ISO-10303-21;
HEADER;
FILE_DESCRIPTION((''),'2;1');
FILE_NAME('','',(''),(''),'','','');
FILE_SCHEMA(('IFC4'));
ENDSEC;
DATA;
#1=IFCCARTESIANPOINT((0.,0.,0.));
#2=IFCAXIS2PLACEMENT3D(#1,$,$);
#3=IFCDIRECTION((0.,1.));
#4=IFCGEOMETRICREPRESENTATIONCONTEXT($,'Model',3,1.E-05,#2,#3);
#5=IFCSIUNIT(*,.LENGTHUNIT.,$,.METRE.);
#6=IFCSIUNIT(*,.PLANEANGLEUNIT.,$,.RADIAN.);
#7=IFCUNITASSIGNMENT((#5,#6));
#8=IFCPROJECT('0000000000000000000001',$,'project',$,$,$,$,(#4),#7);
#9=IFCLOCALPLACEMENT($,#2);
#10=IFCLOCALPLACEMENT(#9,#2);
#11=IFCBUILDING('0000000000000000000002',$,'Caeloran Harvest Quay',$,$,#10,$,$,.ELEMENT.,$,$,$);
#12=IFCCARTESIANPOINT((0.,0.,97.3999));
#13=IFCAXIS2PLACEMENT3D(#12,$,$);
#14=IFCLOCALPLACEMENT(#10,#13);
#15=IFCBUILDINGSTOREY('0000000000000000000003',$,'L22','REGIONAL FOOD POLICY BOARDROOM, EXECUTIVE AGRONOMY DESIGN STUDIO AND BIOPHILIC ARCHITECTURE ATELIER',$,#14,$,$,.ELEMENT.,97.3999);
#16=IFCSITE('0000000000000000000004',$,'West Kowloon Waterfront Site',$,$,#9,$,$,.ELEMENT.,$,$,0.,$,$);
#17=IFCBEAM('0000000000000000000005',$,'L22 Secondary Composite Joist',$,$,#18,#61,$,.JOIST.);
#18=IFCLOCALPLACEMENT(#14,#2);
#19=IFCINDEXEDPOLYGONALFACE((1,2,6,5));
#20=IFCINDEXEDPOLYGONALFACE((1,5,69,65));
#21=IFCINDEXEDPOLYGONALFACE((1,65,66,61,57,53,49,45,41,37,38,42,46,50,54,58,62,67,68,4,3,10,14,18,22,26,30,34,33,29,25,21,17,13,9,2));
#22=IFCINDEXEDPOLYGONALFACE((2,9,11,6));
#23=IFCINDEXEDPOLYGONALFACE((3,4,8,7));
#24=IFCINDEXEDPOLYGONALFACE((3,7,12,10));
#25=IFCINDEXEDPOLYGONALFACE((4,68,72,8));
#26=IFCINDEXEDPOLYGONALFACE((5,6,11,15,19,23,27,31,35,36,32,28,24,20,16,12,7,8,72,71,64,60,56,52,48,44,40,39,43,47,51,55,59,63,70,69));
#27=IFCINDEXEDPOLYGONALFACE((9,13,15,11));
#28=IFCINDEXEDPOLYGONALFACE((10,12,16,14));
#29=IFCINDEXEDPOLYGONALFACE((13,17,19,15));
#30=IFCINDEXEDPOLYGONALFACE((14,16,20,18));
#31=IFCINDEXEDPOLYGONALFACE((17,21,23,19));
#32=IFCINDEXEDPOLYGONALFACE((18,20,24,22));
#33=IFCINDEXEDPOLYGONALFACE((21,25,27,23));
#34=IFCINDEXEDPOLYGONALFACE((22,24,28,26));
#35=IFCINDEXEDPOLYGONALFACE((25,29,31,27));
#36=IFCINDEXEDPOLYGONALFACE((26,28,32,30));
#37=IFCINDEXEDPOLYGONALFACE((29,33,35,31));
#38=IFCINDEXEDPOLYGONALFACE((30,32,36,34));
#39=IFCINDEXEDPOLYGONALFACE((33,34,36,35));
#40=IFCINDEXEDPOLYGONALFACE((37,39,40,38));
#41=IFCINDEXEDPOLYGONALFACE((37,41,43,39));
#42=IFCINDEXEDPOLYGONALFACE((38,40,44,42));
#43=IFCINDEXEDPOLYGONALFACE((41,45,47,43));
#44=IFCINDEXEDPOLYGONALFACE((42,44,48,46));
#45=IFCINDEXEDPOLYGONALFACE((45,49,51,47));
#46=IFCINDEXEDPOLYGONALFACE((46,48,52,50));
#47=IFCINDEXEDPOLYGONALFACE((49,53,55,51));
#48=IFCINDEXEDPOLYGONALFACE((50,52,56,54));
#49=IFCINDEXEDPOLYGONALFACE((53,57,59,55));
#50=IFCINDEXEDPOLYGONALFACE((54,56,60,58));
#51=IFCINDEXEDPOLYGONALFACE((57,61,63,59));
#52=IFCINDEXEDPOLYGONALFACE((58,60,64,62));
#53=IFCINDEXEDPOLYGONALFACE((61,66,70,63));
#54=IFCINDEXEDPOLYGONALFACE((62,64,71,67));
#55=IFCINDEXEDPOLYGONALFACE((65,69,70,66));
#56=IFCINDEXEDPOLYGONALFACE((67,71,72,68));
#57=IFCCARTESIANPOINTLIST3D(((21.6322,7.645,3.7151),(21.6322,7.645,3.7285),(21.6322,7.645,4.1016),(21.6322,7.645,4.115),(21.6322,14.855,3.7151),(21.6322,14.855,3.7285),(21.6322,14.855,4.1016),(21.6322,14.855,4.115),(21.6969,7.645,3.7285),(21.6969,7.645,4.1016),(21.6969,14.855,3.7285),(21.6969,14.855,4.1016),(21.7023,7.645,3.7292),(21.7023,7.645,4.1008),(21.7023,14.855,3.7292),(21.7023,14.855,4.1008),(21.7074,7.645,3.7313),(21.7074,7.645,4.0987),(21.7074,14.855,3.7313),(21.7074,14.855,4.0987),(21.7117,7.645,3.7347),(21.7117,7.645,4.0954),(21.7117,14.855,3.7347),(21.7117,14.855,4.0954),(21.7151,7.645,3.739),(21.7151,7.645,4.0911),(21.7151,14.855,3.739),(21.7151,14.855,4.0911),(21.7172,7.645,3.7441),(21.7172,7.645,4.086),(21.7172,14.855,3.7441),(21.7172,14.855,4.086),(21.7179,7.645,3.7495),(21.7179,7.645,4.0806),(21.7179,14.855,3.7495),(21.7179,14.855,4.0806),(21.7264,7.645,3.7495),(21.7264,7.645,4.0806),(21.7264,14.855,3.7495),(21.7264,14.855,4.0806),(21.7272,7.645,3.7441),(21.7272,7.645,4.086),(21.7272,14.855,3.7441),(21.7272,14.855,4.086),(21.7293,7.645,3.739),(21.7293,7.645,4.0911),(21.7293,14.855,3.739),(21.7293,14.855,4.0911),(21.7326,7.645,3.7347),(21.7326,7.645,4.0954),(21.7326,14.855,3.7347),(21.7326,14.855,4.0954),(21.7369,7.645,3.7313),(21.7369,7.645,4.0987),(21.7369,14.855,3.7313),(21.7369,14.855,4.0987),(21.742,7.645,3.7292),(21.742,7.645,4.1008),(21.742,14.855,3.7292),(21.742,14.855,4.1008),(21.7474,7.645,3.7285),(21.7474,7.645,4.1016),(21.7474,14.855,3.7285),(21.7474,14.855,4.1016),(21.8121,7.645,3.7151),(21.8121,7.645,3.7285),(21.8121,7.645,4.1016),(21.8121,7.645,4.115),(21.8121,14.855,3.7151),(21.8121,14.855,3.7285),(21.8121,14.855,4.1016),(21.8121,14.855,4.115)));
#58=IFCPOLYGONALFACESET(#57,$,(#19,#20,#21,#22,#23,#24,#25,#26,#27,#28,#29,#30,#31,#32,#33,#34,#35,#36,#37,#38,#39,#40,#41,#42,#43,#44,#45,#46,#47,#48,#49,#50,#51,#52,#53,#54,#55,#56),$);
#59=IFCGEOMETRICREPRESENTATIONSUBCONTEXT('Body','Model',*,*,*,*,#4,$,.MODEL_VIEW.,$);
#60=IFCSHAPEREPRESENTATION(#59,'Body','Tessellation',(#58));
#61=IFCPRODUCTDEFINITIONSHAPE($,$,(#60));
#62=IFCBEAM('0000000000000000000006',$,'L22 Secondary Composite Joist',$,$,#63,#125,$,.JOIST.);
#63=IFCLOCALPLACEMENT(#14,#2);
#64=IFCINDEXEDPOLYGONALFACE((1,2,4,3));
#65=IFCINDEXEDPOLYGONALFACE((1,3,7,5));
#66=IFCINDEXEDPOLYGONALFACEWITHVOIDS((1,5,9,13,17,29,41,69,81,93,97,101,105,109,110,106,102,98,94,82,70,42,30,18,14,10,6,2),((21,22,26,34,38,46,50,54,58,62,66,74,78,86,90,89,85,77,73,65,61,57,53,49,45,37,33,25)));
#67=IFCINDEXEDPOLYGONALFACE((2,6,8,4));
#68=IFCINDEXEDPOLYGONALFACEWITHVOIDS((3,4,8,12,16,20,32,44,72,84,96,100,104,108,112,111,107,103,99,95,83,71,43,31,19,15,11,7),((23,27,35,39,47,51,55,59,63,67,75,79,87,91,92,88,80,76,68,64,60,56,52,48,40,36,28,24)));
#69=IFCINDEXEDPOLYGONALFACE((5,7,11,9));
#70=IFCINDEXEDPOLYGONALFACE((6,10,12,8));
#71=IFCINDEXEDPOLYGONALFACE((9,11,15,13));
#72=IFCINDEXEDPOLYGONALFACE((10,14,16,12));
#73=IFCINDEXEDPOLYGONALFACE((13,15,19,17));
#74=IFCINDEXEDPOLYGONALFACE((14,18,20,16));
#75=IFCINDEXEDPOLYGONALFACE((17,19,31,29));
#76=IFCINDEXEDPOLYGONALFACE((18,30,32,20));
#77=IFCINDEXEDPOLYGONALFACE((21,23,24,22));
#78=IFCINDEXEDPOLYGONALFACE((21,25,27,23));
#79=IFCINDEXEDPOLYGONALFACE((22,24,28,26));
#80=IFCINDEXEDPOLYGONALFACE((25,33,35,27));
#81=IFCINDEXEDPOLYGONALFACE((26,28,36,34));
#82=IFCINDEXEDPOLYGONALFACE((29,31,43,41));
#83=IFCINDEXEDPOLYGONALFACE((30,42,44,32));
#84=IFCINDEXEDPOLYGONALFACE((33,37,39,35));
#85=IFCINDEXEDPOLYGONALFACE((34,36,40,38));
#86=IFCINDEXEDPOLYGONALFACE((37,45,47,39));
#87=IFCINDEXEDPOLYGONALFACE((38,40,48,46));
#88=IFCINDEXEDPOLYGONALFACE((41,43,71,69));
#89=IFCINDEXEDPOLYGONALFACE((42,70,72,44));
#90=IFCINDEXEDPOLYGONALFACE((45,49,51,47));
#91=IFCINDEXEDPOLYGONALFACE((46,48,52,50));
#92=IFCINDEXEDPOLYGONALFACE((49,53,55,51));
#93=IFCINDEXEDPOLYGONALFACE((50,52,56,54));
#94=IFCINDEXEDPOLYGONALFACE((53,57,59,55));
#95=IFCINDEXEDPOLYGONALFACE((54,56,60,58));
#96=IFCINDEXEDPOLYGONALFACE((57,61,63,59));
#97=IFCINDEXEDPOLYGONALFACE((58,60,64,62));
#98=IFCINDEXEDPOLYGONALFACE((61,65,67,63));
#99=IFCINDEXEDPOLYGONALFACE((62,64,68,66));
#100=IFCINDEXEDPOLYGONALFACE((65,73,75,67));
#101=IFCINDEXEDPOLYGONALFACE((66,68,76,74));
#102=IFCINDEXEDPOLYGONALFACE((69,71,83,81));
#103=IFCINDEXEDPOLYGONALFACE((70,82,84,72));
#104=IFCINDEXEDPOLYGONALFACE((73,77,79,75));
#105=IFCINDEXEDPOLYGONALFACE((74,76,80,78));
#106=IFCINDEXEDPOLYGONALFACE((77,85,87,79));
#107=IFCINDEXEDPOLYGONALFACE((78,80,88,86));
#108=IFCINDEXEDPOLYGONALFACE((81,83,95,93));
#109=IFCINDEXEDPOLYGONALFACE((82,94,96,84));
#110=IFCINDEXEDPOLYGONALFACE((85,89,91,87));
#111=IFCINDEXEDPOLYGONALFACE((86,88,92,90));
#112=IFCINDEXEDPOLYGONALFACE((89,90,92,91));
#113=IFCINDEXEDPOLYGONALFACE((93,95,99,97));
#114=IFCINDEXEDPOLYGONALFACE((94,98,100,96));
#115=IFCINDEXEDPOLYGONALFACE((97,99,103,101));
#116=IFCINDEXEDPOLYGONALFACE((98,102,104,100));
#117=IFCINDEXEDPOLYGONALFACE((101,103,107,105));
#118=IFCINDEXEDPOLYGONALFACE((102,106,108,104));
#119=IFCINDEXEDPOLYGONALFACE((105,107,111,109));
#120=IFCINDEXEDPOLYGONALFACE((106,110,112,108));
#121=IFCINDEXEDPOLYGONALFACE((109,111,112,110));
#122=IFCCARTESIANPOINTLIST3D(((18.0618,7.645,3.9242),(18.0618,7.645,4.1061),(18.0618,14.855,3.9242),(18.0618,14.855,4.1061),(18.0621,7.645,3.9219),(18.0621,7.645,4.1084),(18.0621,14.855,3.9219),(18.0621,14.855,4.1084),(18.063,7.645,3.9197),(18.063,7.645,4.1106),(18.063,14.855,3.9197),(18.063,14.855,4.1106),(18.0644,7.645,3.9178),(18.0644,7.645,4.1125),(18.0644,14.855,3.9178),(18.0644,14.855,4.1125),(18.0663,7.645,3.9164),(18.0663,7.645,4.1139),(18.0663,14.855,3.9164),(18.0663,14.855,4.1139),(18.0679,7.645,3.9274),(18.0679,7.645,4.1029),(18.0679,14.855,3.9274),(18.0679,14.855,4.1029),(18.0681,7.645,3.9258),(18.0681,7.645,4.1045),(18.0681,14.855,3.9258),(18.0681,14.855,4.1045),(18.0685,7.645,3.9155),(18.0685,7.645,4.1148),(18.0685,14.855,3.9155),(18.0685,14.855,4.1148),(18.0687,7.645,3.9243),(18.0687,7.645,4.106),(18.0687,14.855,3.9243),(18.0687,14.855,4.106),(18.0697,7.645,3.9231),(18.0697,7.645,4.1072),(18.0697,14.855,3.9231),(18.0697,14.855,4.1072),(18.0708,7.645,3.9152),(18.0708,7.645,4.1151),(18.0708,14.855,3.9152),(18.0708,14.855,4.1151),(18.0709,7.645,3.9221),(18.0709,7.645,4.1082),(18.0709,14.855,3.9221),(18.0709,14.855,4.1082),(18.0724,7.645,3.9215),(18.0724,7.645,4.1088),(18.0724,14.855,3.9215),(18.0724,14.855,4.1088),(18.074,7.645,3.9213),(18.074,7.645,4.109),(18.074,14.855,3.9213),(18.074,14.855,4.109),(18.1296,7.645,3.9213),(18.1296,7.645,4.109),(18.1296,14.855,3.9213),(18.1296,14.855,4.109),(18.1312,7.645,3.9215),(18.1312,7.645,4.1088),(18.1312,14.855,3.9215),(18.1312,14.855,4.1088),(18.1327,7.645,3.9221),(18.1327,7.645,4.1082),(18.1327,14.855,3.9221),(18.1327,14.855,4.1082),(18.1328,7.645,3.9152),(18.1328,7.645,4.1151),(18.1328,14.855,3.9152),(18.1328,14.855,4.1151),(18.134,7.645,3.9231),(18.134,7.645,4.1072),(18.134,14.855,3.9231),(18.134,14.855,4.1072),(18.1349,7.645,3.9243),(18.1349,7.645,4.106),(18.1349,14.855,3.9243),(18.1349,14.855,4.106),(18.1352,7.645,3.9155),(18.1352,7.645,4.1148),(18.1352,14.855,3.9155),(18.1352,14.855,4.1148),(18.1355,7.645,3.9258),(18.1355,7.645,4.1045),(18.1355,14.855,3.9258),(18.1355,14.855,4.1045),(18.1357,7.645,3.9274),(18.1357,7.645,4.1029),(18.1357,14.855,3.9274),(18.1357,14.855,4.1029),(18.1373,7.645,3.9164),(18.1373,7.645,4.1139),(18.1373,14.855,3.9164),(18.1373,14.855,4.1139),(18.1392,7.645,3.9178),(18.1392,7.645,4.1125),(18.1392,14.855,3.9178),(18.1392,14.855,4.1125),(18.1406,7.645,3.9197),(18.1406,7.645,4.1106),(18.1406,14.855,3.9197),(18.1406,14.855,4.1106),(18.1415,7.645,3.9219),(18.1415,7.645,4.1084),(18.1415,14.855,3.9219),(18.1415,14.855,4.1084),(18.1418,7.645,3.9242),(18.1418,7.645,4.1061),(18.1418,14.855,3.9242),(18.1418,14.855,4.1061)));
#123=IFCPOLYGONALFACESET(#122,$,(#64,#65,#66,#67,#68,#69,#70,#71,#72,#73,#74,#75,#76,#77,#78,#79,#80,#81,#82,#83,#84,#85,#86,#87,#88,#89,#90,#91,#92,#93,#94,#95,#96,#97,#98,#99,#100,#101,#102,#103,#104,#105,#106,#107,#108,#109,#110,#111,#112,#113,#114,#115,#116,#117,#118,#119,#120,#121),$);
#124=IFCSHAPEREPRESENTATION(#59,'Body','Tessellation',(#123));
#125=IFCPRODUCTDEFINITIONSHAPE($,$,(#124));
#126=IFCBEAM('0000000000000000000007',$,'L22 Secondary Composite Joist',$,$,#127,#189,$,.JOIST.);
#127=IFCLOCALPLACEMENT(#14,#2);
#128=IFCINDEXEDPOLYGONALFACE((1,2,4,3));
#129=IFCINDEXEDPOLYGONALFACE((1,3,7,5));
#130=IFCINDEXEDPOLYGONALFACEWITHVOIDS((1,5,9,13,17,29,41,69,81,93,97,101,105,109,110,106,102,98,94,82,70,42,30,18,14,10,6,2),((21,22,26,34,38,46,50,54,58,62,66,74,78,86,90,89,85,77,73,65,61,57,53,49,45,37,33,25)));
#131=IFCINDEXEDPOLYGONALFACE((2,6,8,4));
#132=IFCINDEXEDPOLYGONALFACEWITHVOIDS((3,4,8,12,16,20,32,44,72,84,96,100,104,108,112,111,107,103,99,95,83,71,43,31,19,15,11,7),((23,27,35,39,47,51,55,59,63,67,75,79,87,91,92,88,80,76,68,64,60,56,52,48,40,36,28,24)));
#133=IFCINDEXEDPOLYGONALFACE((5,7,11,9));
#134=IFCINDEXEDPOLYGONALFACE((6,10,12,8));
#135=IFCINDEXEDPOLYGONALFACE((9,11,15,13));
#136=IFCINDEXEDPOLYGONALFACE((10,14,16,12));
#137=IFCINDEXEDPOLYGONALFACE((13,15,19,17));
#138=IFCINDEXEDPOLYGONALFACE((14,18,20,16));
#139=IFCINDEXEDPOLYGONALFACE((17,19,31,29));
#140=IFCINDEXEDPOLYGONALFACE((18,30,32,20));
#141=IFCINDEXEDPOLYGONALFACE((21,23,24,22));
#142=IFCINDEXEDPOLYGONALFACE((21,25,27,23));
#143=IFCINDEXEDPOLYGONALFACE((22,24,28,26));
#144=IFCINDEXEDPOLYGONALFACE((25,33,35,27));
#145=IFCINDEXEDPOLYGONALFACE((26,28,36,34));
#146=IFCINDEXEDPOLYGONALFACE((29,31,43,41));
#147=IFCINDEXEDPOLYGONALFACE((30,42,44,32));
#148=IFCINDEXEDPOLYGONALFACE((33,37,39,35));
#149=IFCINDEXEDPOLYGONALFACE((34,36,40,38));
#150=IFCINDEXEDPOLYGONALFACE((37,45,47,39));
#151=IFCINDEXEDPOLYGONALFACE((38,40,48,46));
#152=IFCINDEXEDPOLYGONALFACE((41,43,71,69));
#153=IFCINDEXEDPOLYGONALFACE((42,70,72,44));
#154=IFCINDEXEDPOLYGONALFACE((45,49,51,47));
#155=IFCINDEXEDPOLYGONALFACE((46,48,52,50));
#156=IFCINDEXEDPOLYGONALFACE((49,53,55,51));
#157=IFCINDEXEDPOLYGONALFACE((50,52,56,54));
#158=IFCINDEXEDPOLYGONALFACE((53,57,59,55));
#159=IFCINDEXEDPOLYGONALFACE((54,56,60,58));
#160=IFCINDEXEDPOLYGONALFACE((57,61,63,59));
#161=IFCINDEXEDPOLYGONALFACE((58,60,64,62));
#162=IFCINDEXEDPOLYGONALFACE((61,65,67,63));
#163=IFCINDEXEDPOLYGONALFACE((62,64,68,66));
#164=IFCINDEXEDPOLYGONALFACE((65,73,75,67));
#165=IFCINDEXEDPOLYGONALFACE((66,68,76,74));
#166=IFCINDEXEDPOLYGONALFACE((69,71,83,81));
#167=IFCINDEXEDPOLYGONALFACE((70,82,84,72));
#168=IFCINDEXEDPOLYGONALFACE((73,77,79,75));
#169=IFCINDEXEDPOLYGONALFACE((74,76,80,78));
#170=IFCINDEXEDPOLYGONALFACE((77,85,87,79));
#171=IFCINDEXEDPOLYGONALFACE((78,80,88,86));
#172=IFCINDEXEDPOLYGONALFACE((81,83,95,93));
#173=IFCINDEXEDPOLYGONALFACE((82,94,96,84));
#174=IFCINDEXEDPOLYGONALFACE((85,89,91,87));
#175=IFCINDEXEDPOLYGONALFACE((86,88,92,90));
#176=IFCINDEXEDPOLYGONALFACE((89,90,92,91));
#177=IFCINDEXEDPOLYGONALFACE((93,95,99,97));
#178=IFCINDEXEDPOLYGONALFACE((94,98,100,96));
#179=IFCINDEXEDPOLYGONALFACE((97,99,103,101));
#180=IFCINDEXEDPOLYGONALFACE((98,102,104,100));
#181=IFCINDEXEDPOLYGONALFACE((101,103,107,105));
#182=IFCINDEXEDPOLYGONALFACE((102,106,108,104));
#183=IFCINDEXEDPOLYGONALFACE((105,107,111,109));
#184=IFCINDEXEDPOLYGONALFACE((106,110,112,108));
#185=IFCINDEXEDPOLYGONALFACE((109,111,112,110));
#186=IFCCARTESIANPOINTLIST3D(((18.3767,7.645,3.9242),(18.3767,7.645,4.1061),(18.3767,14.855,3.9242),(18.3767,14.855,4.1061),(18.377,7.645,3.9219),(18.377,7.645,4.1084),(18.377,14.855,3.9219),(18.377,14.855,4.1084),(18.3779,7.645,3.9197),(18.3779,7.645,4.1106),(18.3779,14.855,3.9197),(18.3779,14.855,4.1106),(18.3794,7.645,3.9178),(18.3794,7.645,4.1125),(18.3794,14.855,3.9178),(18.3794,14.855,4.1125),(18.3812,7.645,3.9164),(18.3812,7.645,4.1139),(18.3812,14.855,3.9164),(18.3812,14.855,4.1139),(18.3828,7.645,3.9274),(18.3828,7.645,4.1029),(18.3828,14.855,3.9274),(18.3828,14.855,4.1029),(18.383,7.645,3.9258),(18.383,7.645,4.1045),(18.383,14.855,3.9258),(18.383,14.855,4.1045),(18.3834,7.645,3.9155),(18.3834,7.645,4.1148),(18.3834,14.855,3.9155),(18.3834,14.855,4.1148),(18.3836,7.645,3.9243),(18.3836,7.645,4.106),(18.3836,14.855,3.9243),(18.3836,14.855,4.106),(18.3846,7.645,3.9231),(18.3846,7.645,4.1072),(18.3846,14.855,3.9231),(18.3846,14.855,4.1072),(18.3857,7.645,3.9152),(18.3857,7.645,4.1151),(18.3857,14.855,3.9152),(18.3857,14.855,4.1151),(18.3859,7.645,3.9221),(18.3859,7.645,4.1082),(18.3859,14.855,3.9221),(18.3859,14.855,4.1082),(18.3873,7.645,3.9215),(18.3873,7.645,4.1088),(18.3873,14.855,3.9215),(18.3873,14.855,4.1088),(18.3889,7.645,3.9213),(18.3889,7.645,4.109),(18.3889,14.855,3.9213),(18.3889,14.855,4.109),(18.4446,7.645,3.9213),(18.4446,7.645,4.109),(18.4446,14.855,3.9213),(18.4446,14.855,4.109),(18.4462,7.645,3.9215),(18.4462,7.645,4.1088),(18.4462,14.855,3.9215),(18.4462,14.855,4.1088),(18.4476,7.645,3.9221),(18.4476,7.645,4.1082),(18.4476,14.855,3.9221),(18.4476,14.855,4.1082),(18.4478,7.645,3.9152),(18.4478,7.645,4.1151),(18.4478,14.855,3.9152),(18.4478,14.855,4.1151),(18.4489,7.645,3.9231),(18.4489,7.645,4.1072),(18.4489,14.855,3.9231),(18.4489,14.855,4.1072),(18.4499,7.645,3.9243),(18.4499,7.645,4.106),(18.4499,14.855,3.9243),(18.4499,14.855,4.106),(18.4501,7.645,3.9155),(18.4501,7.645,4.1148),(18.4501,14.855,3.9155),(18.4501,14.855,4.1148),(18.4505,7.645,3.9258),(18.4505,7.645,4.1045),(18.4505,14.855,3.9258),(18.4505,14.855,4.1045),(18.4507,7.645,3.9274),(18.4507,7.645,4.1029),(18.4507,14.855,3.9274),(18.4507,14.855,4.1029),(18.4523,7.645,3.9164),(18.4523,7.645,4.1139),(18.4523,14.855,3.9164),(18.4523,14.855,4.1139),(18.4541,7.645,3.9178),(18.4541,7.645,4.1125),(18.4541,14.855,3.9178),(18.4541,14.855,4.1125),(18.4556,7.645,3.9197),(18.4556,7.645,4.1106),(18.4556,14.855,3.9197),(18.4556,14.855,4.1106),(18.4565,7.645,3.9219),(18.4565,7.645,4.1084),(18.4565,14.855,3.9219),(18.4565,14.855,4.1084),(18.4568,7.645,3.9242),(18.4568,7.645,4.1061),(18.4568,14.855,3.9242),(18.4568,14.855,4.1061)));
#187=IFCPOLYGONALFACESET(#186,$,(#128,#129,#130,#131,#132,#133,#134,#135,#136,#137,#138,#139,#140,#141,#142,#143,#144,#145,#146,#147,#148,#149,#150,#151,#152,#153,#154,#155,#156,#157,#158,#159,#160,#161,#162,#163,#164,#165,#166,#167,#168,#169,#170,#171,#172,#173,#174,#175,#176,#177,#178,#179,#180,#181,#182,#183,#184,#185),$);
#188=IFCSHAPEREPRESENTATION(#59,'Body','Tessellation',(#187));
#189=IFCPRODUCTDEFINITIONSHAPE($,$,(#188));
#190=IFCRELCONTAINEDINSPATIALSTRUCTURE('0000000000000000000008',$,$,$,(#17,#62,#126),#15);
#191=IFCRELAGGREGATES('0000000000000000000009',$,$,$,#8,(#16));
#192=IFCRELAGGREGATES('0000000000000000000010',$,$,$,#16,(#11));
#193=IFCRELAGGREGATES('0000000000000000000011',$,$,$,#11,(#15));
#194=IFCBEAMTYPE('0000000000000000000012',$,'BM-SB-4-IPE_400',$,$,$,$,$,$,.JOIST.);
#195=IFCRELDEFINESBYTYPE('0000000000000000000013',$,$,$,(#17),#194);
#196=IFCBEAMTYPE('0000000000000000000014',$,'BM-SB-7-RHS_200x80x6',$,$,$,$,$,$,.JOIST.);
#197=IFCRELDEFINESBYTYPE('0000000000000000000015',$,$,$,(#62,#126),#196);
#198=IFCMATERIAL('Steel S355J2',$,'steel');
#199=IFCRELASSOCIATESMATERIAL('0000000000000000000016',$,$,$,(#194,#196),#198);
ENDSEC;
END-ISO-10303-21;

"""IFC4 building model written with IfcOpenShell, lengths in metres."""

from ifc_helpers import new_model, si_unit, direction, frame, origin, origin_2d, place, context, subcontext, project, spatial, hollow_rectangle, i_section, extrude, material, material_profile, profile_set, type_object, element, save


model = new_model("IFC4")

# Units and contexts
model_context = context("Model", 3, precision=1e-05, world=origin(), true_north=direction((0.0, 1.0)))
body_context = subcontext(model_context, "Body", "Model", "MODEL_VIEW")
ifc_project = project(units=[si_unit("LENGTHUNIT", "METRE"), si_unit("PLANEANGLEUNIT", "RADIAN")], contexts=[model_context])

# Site, building, storey
site_placement = place(None, origin())
site = spatial("IfcSite", under=ifc_project, at=site_placement, Name="West Kowloon Waterfront Site", CompositionType="ELEMENT", RefElevation=0.0)
building_placement = place(site_placement, origin())
building = spatial("IfcBuilding", under=site, at=building_placement, Name="Caeloran Harvest Quay", CompositionType="ELEMENT")
storey_placement = place(building_placement, frame((0.0, 0.0, 97.3999)))
storey = spatial("IfcBuildingStorey", under=building, at=storey_placement, Name="L22", Description="REGIONAL FOOD POLICY BOARDROOM, EXECUTIVE AGRONOMY DESIGN STUDIO AND BIOPHILIC ARCHITECTURE ATELIER", CompositionType="ELEMENT", Elevation=97.3999)

# Beams
ifc_material = material(Name="Steel S355J2", Category="steel")
ifc_material_profile_1 = material_profile(ifc_material, i_section(OverallWidth=0.1799, OverallDepth=0.3999, WebThickness=0.0085, FlangeThickness=0.0134, FilletRadius=0.021, at=origin_2d()), Name="IPE 400")
ifc_profile_set_1 = profile_set([ifc_material_profile_1], Name="Steel S355J2")
beam_type_1 = type_object("IfcBeamType", Name="BM-SB-4-IPE_400", PredefinedType="JOIST", material=ifc_profile_set_1)
for number, where, z_axis, x_axis, name in (
    (1, (21.7222, 7.645, 3.915), (0.0, 1.0, 0.0), (-1.0, 0.0, 0.0), "L22 Secondary Composite Joist"),
):
    element("IfcBeam", number, at=place(storey_placement, frame(where, z_axis=z_axis, x_axis=x_axis)), inside=storey, type_object=beam_type_1, Name=name, PredefinedType="JOIST", context=body_context, shape_type="SweptSolid", body=[
        extrude(i_section(OverallWidth=0.1799, OverallDepth=0.3999, WebThickness=0.0085, FlangeThickness=0.0134, FilletRadius=0.021, at=origin_2d()), origin(), (0.0, 0.0, 1.0), 7.21),
    ])
ifc_material_profile_2 = material_profile(ifc_material, hollow_rectangle(XDim=0.0801, YDim=0.2, WallThickness=0.0061, InnerFilletRadius=0.0061, OuterFilletRadius=0.009, at=origin_2d()), Name="RHS 200x80x6")
ifc_profile_set_2 = profile_set([ifc_material_profile_2], Name="Steel S355J2")
beam_type_2 = type_object("IfcBeamType", Name="BM-SB-7-RHS_200x80x6", PredefinedType="JOIST", material=ifc_profile_set_2)
for number, where, z_axis, x_axis, name in (
    (2, (18.1018, 7.645, 4.0151), (0.0, 1.0, 0.0), (-1.0, 0.0, 0.0), "L22 Secondary Composite Joist"),
    (3, (18.4167, 7.645, 4.0151), (0.0, 1.0, 0.0), (-1.0, 0.0, 0.0), "L22 Secondary Composite Joist"),
):
    element("IfcBeam", number, at=place(storey_placement, frame(where, z_axis=z_axis, x_axis=x_axis)), inside=storey, type_object=beam_type_2, Name=name, PredefinedType="JOIST", context=body_context, shape_type="SweptSolid", body=[
        extrude(hollow_rectangle(XDim=0.0801, YDim=0.2, WallThickness=0.0061, InnerFilletRadius=0.0061, OuterFilletRadius=0.009, at=origin_2d()), origin(), (0.0, 0.0, 1.0), 7.21),
    ])

save(model, "model.ifc")
